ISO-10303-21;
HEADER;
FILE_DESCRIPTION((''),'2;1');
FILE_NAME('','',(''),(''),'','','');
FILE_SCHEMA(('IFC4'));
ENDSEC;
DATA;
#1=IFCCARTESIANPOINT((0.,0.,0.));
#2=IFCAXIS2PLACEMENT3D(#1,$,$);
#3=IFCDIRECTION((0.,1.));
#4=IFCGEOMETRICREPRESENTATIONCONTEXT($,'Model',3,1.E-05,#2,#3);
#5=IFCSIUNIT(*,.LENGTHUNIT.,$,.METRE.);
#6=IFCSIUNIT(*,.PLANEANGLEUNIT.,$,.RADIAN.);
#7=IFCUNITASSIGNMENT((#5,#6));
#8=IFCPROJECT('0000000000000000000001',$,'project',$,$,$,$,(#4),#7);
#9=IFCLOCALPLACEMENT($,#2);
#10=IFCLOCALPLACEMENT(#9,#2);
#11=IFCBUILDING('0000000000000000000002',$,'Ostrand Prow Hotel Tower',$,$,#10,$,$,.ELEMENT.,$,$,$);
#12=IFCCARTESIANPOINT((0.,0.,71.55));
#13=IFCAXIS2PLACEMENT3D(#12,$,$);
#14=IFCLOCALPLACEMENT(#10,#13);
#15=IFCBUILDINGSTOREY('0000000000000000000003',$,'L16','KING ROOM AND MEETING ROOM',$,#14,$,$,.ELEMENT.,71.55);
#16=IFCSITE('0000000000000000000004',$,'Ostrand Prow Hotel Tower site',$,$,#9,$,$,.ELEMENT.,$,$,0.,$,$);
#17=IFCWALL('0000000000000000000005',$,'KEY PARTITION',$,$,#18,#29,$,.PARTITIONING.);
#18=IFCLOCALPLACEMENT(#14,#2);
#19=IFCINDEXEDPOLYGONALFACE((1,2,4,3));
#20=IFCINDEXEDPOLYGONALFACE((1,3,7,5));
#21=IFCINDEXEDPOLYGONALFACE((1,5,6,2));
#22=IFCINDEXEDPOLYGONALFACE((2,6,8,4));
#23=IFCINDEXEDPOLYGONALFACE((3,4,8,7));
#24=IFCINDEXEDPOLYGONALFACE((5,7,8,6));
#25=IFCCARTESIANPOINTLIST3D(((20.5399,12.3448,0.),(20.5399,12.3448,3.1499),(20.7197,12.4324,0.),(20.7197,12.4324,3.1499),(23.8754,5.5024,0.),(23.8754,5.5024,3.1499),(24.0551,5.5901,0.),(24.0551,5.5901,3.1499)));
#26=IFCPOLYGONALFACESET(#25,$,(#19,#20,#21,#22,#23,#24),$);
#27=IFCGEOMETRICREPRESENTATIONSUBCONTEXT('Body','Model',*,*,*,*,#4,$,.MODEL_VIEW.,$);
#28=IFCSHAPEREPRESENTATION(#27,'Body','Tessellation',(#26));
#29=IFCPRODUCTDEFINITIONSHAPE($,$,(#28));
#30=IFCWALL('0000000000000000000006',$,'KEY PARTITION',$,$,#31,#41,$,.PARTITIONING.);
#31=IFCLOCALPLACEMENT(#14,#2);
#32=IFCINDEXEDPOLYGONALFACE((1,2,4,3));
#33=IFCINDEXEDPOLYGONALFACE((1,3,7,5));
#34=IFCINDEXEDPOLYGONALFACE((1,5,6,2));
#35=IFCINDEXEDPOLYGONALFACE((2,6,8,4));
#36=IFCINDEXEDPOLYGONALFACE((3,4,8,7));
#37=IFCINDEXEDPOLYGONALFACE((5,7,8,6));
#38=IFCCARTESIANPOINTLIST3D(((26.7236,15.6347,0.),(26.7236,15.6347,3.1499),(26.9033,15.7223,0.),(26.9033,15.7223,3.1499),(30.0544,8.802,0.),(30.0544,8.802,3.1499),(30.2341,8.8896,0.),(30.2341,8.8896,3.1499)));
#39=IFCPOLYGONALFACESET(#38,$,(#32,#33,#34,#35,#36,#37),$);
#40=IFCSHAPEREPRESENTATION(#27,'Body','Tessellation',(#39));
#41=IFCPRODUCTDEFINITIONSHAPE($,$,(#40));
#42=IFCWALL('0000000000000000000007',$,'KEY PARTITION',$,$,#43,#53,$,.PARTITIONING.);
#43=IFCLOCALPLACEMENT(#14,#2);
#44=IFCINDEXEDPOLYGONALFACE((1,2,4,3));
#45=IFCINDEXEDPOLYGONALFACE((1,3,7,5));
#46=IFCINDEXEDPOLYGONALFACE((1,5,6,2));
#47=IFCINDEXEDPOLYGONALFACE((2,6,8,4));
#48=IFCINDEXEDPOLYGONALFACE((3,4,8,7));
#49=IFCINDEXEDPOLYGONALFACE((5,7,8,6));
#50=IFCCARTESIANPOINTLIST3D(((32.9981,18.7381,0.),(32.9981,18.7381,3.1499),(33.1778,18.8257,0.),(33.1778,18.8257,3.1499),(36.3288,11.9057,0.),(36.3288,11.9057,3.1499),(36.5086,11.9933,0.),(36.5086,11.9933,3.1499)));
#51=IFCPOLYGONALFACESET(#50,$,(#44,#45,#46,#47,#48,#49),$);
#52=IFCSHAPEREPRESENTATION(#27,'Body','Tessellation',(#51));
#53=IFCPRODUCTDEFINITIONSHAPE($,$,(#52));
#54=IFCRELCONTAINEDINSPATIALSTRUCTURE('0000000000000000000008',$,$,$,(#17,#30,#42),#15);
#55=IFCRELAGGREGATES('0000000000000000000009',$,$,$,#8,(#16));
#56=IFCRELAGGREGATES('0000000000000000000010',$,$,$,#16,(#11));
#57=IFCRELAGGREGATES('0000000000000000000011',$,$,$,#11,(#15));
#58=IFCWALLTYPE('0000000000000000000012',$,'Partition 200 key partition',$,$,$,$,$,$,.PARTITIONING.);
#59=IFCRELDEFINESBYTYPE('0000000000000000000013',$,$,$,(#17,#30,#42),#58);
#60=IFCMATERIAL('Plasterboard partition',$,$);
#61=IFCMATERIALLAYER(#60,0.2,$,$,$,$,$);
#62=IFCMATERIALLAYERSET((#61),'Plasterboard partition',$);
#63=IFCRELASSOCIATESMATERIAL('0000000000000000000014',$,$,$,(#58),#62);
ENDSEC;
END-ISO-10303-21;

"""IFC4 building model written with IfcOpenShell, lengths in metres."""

from ifc_helpers import new_model, si_unit, direction, frame, frame_2d, origin, place, context, subcontext, project, spatial, rectangle, extrude, material, layer, layer_set, type_object, element, save


model = new_model("IFC4")

# Units and contexts
model_context = context("Model", 3, precision=1e-05, world=origin(), true_north=direction((0.0, 1.0)))
body_context = subcontext(model_context, "Body", "Model", "MODEL_VIEW")
ifc_project = project(units=[si_unit("LENGTHUNIT", "METRE"), si_unit("PLANEANGLEUNIT", "RADIAN")], contexts=[model_context])

# Site, building, storey
site_placement = place(None, origin())
site = spatial("IfcSite", under=ifc_project, at=site_placement, Name="Ostrand Prow Hotel Tower site", CompositionType="ELEMENT", RefElevation=0.0)
building_placement = place(site_placement, origin())
building = spatial("IfcBuilding", under=site, at=building_placement, Name="Ostrand Prow Hotel Tower", CompositionType="ELEMENT")
storey_placement = place(building_placement, frame((0.0, 0.0, 71.55)))
storey = spatial("IfcBuildingStorey", under=building, at=storey_placement, Name="L16", Description="KING ROOM AND MEETING ROOM", CompositionType="ELEMENT", Elevation=71.55)

# Walls
ifc_material_1 = material(Name="Plasterboard partition")
ifc_layer_1 = layer(ifc_material_1, 0.2)
ifc_layer_set_1 = layer_set([ifc_layer_1], Name="Plasterboard partition")
wall_type_1 = type_object("IfcWallType", Name="Partition 200 key partition", PredefinedType="PARTITIONING", material=ifc_layer_set_1)
wall_1_placement = place(storey_placement, frame((23.9653, 5.5461, 0.0), z_axis=(0.0, 0.0, 1.0), x_axis=(-0.438185, 0.898885, 0.0)))
element("IfcWall", 1, at=wall_1_placement, inside=storey, type_object=wall_type_1, Name="KEY PARTITION", PredefinedType="PARTITIONING", context=body_context, shape_type="SweptSolid", body=[
    extrude(rectangle(XDim=7.6121, YDim=0.2, at=frame_2d((3.8062, 0.0))), origin(), (0.0, 0.0, 1.0), 3.1499),
])
wall_2_placement = place(storey_placement, frame((30.1443, 8.8457, 0.0), z_axis=(0.0, 0.0, 1.0), x_axis=(-0.438185, 0.898885, 0.0)))
element("IfcWall", 2, at=wall_2_placement, inside=storey, type_object=wall_type_1, Name="KEY PARTITION", PredefinedType="PARTITIONING", context=body_context, shape_type="SweptSolid", body=[
    extrude(rectangle(XDim=7.6013, YDim=0.2, at=frame_2d((3.8008, 0.0))), origin(), (0.0, 0.0, 1.0), 3.1499),
])
wall_3_placement = place(storey_placement, frame((36.4187, 11.9495, 0.0), z_axis=(0.0, 0.0, 1.0), x_axis=(-0.438198, 0.898879, 0.0)))
element("IfcWall", 3, at=wall_3_placement, inside=storey, type_object=wall_type_1, Name="KEY PARTITION", PredefinedType="PARTITIONING", context=body_context, shape_type="SweptSolid", body=[
    extrude(rectangle(XDim=7.6011, YDim=0.2, at=frame_2d((3.8005, 0.0))), origin(), (0.0, 0.0, 1.0), 3.1499),
])

save(model, "model.ifc")
